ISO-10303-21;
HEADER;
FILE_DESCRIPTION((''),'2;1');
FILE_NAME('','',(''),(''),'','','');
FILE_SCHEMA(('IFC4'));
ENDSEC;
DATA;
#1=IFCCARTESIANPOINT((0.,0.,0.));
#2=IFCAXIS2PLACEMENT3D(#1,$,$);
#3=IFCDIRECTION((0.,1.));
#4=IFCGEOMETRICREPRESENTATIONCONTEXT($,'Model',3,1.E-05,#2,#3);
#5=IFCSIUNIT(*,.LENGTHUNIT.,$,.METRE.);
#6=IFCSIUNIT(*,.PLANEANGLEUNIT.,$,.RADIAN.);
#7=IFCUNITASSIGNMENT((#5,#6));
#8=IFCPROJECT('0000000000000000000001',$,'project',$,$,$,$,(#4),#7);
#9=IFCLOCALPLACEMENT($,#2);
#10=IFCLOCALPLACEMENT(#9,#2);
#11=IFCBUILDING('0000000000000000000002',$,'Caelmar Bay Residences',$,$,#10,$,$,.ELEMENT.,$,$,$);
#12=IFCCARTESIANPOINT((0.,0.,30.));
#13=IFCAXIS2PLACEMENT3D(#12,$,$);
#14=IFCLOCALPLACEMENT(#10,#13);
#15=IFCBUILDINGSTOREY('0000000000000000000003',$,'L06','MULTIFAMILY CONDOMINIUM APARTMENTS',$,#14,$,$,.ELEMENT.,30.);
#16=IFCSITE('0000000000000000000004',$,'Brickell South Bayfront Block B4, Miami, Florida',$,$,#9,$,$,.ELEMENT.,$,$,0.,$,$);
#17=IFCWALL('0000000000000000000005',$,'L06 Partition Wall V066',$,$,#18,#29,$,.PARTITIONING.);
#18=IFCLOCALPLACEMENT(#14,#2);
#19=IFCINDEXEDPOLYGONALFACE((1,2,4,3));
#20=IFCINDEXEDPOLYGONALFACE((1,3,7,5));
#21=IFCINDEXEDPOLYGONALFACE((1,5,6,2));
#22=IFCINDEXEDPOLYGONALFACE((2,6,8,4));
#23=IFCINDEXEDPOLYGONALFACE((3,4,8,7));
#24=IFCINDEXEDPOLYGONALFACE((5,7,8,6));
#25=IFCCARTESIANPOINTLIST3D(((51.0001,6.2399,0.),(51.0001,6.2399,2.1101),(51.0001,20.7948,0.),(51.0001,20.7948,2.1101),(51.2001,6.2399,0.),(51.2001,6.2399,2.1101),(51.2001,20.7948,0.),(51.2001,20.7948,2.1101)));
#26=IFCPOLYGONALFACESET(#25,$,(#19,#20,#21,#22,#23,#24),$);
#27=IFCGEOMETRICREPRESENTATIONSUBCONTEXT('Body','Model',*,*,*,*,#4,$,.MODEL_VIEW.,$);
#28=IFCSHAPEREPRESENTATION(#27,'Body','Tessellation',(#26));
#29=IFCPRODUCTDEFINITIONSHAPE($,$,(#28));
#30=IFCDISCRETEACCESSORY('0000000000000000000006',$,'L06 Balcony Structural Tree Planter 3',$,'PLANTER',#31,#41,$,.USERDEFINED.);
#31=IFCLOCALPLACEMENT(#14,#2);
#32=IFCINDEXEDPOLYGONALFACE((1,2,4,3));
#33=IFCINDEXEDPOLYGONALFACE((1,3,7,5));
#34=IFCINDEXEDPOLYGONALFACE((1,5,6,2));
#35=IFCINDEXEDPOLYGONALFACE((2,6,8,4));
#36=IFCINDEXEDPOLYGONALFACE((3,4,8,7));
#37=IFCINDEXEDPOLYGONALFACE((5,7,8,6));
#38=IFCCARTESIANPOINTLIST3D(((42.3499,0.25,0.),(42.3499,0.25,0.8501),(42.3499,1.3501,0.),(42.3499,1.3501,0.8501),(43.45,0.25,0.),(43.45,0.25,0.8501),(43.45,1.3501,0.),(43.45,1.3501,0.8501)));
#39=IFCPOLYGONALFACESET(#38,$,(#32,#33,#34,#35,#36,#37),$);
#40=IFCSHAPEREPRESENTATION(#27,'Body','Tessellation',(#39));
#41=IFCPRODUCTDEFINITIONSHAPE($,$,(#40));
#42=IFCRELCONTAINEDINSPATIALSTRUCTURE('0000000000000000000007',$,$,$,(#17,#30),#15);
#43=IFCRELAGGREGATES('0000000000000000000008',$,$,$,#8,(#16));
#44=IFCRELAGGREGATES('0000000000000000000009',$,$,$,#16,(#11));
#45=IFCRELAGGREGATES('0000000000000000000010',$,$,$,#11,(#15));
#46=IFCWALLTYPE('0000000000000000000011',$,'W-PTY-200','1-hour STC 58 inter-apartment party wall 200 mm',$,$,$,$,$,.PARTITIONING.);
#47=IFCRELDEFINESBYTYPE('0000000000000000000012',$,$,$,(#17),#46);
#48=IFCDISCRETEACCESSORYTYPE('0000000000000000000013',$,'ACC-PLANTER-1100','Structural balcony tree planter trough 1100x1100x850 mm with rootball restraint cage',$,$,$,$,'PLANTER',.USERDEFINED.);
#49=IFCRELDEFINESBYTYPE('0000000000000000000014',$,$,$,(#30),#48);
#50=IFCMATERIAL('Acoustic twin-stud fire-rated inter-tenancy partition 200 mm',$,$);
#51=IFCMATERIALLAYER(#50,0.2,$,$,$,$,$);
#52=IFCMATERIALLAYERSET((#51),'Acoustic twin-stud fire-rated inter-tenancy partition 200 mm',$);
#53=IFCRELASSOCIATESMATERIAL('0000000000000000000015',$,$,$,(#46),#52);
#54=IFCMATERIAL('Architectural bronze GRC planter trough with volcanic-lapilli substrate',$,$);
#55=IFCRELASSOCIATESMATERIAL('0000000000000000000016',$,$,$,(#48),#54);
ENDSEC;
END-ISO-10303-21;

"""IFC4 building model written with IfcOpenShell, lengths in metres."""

from ifc_helpers import new_model, si_unit, direction, frame, frame_2d, origin, origin_2d, place, context, subcontext, project, spatial, rectangle, extrude, material, layer, layer_set, type_object, element, save


model = new_model("IFC4")

# Units and contexts
model_context = context("Model", 3, precision=1e-05, world=origin(), true_north=direction((0.0, 1.0)))
body_context = subcontext(model_context, "Body", "Model", "MODEL_VIEW")
ifc_project = project(units=[si_unit("LENGTHUNIT", "METRE"), si_unit("PLANEANGLEUNIT", "RADIAN")], contexts=[model_context])

# Site, building, storey
site_placement = place(None, origin())
site = spatial("IfcSite", under=ifc_project, at=site_placement, Name="Brickell South Bayfront Block B4, Miami, Florida", CompositionType="ELEMENT", RefElevation=0.0)
building_placement = place(site_placement, origin())
building = spatial("IfcBuilding", under=site, at=building_placement, Name="Caelmar Bay Residences", CompositionType="ELEMENT")
storey_placement = place(building_placement, frame((0.0, 0.0, 30.0)))
storey = spatial("IfcBuildingStorey", under=building, at=storey_placement, Name="L06", Description="MULTIFAMILY CONDOMINIUM APARTMENTS", CompositionType="ELEMENT", Elevation=30.0)

# Wall
ifc_material_1 = material(Name="Acoustic twin-stud fire-rated inter-tenancy partition 200 mm")
ifc_layer_1 = layer(ifc_material_1, 0.2)
ifc_layer_set_1 = layer_set([ifc_layer_1], Name="Acoustic twin-stud fire-rated inter-tenancy partition 200 mm")
wall_type_1 = type_object("IfcWallType", Name="W-PTY-200", Description="1-hour STC 58 inter-apartment party wall 200 mm", PredefinedType="PARTITIONING", material=ifc_layer_set_1)
wall_1_placement = place(storey_placement, frame((51.1001, 6.24, 0.0), z_axis=(0.0, 0.0, 1.0), x_axis=(0.0, 1.0, 0.0)))
element("IfcWall", 1, at=wall_1_placement, inside=storey, type_object=wall_type_1, Name="L06 Partition Wall V066", PredefinedType="PARTITIONING", context=body_context, shape_type="SweptSolid", body=[
    extrude(rectangle(XDim=14.5549, YDim=0.2, at=frame_2d((7.2773, 0.0))), origin(), (0.0, 0.0, 1.0), 2.1101),
])

# Discrete accessory
ifc_material_2 = material(Name="Architectural bronze GRC planter trough with volcanic-lapilli substrate")
discrete_accessory_type = type_object("IfcDiscreteAccessoryType", Name="ACC-PLANTER-1100", Description="Structural balcony tree planter trough 1100x1100x850 mm with rootball restraint cage", ElementType="PLANTER", PredefinedType="USERDEFINED", material=ifc_material_2)
discrete_accessory_placement = place(storey_placement, frame((42.8999, 0.8, 0.0), z_axis=(0.0, 0.0, 1.0), x_axis=(1.0, 0.0, 0.0)))
element("IfcDiscreteAccessory", 2, at=discrete_accessory_placement, inside=storey, type_object=discrete_accessory_type, Name="L06 Balcony Structural Tree Planter 3", ObjectType="PLANTER", PredefinedType="USERDEFINED", context=body_context, shape_type="SweptSolid", body=[
    extrude(rectangle(XDim=1.1001, YDim=1.1001, at=origin_2d()), origin(), (0.0, 0.0, 1.0), 0.8501),
])

save(model, "model.ifc")
